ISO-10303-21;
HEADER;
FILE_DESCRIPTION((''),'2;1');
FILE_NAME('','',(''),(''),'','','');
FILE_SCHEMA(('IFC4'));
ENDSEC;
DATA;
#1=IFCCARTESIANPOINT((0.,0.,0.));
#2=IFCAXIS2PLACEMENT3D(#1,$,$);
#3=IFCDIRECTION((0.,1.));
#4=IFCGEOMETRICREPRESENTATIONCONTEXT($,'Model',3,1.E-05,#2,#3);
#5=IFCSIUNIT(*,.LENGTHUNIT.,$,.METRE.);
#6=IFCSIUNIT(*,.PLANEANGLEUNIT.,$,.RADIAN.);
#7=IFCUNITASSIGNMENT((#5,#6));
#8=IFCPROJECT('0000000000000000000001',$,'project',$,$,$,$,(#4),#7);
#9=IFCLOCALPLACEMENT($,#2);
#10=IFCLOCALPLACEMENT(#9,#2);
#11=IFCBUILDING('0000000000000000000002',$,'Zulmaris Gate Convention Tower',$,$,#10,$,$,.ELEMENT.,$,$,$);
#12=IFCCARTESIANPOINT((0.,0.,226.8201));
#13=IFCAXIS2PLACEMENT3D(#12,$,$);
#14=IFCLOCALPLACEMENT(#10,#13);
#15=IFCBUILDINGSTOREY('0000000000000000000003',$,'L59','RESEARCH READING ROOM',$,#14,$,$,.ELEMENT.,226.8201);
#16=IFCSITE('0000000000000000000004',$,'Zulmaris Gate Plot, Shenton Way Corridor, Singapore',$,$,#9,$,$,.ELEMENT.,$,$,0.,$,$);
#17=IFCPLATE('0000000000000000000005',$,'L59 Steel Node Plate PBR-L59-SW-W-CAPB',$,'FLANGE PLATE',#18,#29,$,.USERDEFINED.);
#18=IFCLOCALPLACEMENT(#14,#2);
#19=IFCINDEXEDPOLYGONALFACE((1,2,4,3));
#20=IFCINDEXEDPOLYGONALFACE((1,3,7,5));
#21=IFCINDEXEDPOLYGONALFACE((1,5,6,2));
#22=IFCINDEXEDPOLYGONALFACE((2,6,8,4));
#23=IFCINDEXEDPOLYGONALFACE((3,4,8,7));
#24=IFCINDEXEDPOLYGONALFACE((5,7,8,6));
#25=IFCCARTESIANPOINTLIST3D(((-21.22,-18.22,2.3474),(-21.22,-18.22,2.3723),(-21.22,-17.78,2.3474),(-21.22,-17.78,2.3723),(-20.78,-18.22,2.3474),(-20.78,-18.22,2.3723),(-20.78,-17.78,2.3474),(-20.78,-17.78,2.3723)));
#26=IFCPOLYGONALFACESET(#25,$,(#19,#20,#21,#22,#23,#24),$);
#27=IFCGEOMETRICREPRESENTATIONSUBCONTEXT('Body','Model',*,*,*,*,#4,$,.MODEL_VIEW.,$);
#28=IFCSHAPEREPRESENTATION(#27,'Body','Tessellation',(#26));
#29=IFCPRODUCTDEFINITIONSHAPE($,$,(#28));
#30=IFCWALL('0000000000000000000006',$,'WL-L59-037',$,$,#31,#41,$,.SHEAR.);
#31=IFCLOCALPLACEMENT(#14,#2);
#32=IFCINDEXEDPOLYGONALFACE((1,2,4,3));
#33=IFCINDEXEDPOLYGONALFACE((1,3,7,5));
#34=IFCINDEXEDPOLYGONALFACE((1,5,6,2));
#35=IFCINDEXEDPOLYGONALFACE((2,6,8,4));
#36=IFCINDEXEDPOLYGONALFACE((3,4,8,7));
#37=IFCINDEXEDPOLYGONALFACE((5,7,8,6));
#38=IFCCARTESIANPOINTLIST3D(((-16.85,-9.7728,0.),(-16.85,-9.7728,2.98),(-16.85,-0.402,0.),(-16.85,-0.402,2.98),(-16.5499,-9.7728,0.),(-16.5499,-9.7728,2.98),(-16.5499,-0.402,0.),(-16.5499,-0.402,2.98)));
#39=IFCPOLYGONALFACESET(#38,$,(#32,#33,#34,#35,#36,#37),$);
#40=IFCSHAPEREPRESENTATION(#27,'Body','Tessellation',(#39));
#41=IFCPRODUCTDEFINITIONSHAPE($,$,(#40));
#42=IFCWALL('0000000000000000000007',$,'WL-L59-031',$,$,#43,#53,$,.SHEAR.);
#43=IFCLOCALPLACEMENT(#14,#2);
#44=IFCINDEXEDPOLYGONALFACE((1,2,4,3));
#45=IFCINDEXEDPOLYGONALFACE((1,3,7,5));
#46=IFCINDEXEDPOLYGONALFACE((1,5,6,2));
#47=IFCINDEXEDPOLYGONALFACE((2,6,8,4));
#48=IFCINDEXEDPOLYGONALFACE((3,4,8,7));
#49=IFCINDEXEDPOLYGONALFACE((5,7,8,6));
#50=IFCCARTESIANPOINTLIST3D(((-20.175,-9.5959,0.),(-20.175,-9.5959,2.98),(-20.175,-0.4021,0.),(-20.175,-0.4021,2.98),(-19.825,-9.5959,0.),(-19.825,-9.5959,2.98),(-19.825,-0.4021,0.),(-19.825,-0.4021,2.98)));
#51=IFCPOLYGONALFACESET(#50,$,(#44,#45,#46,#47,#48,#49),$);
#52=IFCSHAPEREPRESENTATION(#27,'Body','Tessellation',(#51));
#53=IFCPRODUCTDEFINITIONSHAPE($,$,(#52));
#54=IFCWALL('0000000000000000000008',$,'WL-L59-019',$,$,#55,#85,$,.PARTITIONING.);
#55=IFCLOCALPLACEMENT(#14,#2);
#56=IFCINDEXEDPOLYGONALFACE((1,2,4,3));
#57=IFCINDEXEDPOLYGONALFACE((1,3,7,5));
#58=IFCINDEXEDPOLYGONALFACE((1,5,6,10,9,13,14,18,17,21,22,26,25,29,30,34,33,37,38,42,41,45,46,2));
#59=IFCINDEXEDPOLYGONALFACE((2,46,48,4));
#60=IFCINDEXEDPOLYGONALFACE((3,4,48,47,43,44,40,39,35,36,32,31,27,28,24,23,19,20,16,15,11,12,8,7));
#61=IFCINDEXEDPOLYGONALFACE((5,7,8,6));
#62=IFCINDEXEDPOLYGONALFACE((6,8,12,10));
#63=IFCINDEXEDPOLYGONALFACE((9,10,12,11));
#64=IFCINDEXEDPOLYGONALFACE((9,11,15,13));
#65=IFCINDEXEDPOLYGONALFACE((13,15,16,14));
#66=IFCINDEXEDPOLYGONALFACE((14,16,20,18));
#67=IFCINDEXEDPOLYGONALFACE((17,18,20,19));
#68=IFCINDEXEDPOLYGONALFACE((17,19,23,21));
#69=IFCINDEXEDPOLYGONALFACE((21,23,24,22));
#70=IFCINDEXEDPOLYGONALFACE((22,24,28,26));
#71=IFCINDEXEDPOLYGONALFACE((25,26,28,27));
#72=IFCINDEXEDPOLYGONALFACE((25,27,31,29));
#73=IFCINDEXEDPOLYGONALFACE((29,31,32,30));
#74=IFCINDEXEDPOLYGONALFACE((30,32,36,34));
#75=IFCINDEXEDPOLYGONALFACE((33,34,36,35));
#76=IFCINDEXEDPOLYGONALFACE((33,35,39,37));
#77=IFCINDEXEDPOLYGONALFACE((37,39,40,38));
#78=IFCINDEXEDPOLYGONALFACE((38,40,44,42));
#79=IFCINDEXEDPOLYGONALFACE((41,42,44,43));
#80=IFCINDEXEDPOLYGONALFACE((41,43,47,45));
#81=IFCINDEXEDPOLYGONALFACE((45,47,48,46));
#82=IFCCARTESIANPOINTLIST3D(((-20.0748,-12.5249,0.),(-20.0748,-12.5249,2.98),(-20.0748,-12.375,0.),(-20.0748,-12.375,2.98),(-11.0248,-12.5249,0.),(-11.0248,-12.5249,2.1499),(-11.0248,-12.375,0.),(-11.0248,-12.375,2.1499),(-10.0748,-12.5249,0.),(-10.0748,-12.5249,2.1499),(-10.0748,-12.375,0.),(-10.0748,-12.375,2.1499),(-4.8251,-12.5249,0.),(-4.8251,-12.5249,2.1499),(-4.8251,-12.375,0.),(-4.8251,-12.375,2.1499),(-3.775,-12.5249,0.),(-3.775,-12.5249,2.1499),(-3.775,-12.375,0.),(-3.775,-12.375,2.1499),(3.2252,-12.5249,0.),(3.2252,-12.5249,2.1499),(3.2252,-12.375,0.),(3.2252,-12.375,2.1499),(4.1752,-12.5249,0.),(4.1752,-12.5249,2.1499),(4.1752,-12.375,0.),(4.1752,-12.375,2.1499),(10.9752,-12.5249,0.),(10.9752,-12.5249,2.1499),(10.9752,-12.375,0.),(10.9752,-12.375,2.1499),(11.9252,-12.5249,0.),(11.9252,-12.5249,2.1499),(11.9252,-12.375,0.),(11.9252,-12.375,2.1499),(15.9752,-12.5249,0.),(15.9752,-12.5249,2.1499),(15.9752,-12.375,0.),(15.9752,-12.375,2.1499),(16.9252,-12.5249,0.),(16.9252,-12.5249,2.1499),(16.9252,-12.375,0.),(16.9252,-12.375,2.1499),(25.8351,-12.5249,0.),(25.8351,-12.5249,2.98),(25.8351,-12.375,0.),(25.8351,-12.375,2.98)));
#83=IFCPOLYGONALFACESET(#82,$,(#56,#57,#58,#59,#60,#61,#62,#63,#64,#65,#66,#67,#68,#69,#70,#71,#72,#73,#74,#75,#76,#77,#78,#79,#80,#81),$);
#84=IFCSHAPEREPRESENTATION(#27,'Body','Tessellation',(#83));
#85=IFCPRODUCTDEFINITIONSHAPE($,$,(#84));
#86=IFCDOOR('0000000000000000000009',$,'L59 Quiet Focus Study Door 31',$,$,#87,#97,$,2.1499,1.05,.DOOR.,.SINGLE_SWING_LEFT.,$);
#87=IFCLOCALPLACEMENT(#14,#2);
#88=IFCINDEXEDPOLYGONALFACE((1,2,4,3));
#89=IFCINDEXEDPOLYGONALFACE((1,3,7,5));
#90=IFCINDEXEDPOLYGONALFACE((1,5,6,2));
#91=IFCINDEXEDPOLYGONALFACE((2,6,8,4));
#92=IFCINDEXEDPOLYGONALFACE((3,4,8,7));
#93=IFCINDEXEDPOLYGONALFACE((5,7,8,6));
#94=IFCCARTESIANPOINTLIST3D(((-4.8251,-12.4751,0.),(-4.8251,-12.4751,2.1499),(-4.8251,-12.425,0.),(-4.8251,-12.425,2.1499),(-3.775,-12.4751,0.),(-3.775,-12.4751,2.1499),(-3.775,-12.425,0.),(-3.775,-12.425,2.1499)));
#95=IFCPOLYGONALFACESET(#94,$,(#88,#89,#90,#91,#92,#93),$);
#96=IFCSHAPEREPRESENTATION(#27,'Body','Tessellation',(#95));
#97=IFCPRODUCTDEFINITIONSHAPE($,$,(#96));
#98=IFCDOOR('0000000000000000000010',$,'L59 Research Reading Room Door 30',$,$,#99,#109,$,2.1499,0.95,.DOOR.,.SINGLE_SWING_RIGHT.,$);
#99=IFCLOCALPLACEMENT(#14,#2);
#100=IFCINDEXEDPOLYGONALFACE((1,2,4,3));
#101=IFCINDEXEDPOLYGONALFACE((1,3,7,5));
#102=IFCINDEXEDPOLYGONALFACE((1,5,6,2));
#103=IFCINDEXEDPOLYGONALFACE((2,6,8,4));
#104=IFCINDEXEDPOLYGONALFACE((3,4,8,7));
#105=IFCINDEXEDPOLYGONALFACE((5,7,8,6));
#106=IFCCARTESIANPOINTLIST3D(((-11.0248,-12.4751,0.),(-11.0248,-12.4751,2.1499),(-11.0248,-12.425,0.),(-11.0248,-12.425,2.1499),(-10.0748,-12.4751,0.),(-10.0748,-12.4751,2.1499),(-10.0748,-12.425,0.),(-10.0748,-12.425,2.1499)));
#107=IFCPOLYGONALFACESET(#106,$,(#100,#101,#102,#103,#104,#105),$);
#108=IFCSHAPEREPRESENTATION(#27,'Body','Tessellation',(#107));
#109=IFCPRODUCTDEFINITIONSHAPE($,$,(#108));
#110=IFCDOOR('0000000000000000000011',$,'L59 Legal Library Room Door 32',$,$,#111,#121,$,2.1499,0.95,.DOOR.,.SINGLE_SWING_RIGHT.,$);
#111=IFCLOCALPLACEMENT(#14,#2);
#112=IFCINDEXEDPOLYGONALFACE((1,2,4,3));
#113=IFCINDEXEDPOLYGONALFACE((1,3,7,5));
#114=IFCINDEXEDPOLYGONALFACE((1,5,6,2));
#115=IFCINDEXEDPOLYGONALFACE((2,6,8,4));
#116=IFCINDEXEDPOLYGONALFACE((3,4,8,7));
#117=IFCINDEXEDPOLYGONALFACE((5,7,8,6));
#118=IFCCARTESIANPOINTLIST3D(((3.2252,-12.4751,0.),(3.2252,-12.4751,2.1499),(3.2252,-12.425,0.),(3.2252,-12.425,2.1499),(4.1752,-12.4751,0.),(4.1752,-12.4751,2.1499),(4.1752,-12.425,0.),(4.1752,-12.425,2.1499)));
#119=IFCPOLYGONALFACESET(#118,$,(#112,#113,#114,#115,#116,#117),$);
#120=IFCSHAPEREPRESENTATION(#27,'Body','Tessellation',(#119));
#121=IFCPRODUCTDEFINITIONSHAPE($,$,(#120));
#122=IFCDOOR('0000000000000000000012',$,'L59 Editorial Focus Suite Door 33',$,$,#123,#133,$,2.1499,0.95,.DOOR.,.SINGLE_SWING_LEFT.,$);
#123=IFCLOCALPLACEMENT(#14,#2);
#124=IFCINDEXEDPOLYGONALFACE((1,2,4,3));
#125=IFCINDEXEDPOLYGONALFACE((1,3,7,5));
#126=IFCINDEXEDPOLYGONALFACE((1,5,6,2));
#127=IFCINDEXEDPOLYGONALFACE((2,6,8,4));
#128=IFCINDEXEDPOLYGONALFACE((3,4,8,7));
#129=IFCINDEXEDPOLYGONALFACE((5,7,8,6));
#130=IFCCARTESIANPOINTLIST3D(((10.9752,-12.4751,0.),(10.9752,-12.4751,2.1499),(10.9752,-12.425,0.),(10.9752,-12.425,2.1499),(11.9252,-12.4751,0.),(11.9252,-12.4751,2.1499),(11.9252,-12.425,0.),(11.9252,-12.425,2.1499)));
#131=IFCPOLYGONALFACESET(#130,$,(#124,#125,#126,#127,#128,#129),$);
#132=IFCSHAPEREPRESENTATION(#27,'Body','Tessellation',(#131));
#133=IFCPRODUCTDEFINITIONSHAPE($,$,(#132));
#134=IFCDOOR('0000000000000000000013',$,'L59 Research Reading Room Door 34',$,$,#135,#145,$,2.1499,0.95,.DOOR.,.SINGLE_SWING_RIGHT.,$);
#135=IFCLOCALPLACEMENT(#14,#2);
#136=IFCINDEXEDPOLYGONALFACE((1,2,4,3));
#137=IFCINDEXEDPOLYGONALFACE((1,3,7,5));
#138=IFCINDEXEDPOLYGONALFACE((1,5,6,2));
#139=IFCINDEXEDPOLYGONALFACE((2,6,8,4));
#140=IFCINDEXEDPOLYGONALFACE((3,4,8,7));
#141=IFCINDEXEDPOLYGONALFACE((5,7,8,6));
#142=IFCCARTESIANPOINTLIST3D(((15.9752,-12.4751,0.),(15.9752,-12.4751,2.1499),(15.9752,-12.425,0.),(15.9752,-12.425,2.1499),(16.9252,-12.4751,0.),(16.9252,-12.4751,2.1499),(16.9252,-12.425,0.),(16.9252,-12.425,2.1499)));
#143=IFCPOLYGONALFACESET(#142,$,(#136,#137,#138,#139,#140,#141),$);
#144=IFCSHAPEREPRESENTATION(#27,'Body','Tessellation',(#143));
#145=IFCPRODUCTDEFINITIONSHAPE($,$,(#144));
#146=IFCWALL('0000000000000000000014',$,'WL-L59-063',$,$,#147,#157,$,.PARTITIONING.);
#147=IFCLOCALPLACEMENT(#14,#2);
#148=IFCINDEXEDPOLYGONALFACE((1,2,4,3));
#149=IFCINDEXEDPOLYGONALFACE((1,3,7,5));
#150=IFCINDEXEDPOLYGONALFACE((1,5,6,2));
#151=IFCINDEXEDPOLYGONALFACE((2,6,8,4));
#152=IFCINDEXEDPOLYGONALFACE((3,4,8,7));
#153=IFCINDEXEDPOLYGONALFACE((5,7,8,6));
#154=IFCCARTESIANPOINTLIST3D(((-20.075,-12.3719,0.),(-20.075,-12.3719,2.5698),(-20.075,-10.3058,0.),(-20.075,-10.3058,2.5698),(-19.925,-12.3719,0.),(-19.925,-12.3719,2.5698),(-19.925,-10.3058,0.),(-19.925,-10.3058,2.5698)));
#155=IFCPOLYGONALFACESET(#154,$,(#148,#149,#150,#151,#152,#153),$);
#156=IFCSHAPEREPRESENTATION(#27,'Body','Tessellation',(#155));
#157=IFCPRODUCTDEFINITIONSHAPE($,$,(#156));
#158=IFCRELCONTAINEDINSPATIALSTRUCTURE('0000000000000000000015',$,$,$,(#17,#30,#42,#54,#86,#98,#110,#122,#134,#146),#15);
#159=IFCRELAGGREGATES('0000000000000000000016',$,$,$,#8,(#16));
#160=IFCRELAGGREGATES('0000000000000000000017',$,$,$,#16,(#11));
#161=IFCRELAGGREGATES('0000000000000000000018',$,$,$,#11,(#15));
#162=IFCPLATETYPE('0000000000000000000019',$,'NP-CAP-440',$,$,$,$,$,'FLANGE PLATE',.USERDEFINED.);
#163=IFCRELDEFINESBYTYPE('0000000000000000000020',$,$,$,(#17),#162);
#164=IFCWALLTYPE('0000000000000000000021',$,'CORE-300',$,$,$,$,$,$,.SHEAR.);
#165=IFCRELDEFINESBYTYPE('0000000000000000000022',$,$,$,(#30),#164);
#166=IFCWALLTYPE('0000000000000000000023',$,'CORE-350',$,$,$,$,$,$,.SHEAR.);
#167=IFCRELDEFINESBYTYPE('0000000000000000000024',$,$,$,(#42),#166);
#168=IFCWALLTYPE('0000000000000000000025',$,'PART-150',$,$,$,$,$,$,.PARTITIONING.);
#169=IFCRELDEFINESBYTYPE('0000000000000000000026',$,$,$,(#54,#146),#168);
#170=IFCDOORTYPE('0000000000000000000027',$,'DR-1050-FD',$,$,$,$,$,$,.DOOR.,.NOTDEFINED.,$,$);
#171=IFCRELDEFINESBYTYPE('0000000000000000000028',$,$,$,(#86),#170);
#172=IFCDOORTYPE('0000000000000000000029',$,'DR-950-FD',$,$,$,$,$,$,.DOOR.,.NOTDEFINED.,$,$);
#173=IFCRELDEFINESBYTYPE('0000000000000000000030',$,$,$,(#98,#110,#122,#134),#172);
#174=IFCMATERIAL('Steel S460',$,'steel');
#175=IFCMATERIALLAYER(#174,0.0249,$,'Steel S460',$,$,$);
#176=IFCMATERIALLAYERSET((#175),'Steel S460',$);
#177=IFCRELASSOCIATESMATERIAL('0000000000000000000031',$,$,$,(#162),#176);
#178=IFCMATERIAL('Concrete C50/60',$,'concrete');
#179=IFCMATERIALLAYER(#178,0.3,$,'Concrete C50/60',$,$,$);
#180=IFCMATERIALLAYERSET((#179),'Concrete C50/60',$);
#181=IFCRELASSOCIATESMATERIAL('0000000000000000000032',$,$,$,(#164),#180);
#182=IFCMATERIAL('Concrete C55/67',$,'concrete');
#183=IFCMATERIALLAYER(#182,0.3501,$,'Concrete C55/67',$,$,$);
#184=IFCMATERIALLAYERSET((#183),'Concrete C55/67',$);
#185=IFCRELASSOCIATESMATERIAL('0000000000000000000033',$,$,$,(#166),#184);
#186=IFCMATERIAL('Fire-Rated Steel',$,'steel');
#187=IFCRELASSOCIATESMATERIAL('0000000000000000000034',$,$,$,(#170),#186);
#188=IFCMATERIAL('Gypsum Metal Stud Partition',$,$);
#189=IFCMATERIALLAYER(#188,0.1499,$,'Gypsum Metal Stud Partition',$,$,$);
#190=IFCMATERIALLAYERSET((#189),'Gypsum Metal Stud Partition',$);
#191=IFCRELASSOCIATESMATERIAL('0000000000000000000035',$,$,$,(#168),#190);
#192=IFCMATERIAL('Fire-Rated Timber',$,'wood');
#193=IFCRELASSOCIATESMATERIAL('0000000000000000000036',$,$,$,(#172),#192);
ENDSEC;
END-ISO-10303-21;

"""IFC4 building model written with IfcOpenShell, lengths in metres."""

from ifc_helpers import new_model, si_unit, direction, frame, frame_2d, origin, origin_2d, place, context, subcontext, project, spatial, rectangle, extrude, material, layer, layer_set, type_object, element, fill, save


model = new_model("IFC4")

# Units and contexts
model_context = context("Model", 3, precision=1e-05, world=origin(), true_north=direction((0.0, 1.0)))
body_context = subcontext(model_context, "Body", "Model", "MODEL_VIEW")
ifc_project = project(units=[si_unit("LENGTHUNIT", "METRE"), si_unit("PLANEANGLEUNIT", "RADIAN")], contexts=[model_context])

# Site, building, storey
site_placement = place(None, origin())
site = spatial("IfcSite", under=ifc_project, at=site_placement, Name="Zulmaris Gate Plot, Shenton Way Corridor, Singapore", CompositionType="ELEMENT", RefElevation=0.0)
building_placement = place(site_placement, origin())
building = spatial("IfcBuilding", under=site, at=building_placement, Name="Zulmaris Gate Convention Tower", CompositionType="ELEMENT")
storey_placement = place(building_placement, frame((0.0, 0.0, 226.8201)))
storey = spatial("IfcBuildingStorey", under=building, at=storey_placement, Name="L59", Description="RESEARCH READING ROOM", CompositionType="ELEMENT", Elevation=226.8201)

# Shared definitions
ifc_material_1 = material(Name="Concrete C50/60", Category="concrete")

# Plate
ifc_material_2 = material(Name="Steel S460", Category="steel")
ifc_layer_1 = layer(ifc_material_2, 0.0249, Name="Steel S460")
ifc_layer_set_1 = layer_set([ifc_layer_1], Name="Steel S460")
plate_type = type_object("IfcPlateType", Name="NP-CAP-440", ElementType="FLANGE PLATE", PredefinedType="USERDEFINED", material=ifc_layer_set_1)
plate_placement = place(storey_placement, frame((-21.0, -18.0, 2.3474), z_axis=(0.0, 0.0, 1.0), x_axis=(1.0, 0.0, 0.0)))
element("IfcPlate", 1, at=plate_placement, inside=storey, type_object=plate_type, Name="L59 Steel Node Plate PBR-L59-SW-W-CAPB", ObjectType="FLANGE PLATE", PredefinedType="USERDEFINED", context=body_context, shape_type="SweptSolid", body=[
    extrude(rectangle(XDim=0.4399, YDim=0.4399, at=origin_2d()), origin(), (0.0, 0.0, 1.0), 0.0249),
])

# Wall
ifc_layer_2 = layer(ifc_material_1, 0.3, Name="Concrete C50/60")
ifc_layer_set_2 = layer_set([ifc_layer_2], Name="Concrete C50/60")
wall_type_1 = type_object("IfcWallType", Name="CORE-300", PredefinedType="SHEAR", material=ifc_layer_set_2)
wall_1_placement = place(storey_placement, frame((-16.7, -9.7729, 0.0), z_axis=(0.0, 0.0, 1.0), x_axis=(0.0, 1.0, 0.0)))
element("IfcWall", 2, at=wall_1_placement, inside=storey, type_object=wall_type_1, Name="WL-L59-037", PredefinedType="SHEAR", context=body_context, shape_type="SweptSolid", body=[
    extrude(rectangle(XDim=9.3708, YDim=0.3, at=frame_2d((4.6855, 0.0))), origin(), (0.0, 0.0, 1.0), 2.98),
])

# Shared definitions
ifc_material_3 = material(Name="Concrete C55/67", Category="concrete")
ifc_layer_3 = layer(ifc_material_3, 0.3501, Name="Concrete C55/67")
ifc_layer_set_3 = layer_set([ifc_layer_3], Name="Concrete C55/67")
wall_type_2 = type_object("IfcWallType", Name="CORE-350", PredefinedType="SHEAR", material=ifc_layer_set_3)
ifc_material_4 = material(Name="Fire-Rated Steel", Category="steel")
door_type_1 = type_object("IfcDoorType", Name="DR-1050-FD", OperationType="NOTDEFINED", PredefinedType="DOOR", material=ifc_material_4)

# Wall
wall_2_placement = place(storey_placement, frame((-20.0, -9.5959, 0.0), z_axis=(0.0, 0.0, 1.0), x_axis=(0.0, 1.0, 0.0)))
element("IfcWall", 3, at=wall_2_placement, inside=storey, type_object=wall_type_2, Name="WL-L59-031", PredefinedType="SHEAR", context=body_context, shape_type="SweptSolid", body=[
    extrude(rectangle(XDim=9.1938, YDim=0.3501, at=frame_2d((4.5969, 0.0))), origin(), (0.0, 0.0, 1.0), 2.98),
])

# Wall, openings, doors
ifc_material_5 = material(Name="Gypsum Metal Stud Partition")
ifc_layer_4 = layer(ifc_material_5, 0.1499, Name="Gypsum Metal Stud Partition")
ifc_layer_set_4 = layer_set([ifc_layer_4], Name="Gypsum Metal Stud Partition")
wall_type_3 = type_object("IfcWallType", Name="PART-150", PredefinedType="PARTITIONING", material=ifc_layer_set_4)
wall_3_placement = place(storey_placement, frame((-20.075, -12.45, 0.0), z_axis=(0.0, 0.0, 1.0), x_axis=(1.0, 0.0, 0.0)))
wall_3 = element("IfcWall", 4, at=wall_3_placement, inside=storey, type_object=wall_type_3, Name="WL-L59-019", PredefinedType="PARTITIONING", context=body_context, shape_type="SweptSolid", body=[
    extrude(rectangle(XDim=45.9099, YDim=0.1499, at=frame_2d((22.9551, 0.0))), origin(), (0.0, 0.0, 1.0), 2.98),
])
opening_1_placement = place(wall_3_placement, frame((9.05, 0.0, 0.0)))
opening_1 = element("IfcOpeningElement", 5, at=opening_1_placement, cuts=wall_3, PredefinedType="OPENING", context=body_context, shape_type="SweptSolid", body=[
    extrude(rectangle(XDim=0.95, YDim=2.1499, at=frame_2d((0.4751, 1.075))), frame((0.0, 0.085, 0.0), z_axis=(0.0, -1.0, 0.0), x_axis=(1.0, 0.0, 0.0)), (0.0, 0.0, 1.0), 0.1699),
])
opening_2_placement = place(wall_3_placement, frame((15.25, 0.0, 0.0)))
opening_2 = element("IfcOpeningElement", 6, at=opening_2_placement, cuts=wall_3, PredefinedType="OPENING", context=body_context, shape_type="SweptSolid", body=[
    extrude(rectangle(XDim=1.05, YDim=2.1499, at=frame_2d((0.5249, 1.075))), frame((0.0, 0.085, 0.0), z_axis=(0.0, -1.0, 0.0), x_axis=(1.0, 0.0, 0.0)), (0.0, 0.0, 1.0), 0.1699),
])
opening_3_placement = place(wall_3_placement, frame((23.3, 0.0, 0.0)))
opening_3 = element("IfcOpeningElement", 7, at=opening_3_placement, cuts=wall_3, PredefinedType="OPENING", context=body_context, shape_type="SweptSolid", body=[
    extrude(rectangle(XDim=0.95, YDim=2.1499, at=frame_2d((0.4751, 1.075))), frame((0.0, 0.085, 0.0), z_axis=(0.0, -1.0, 0.0), x_axis=(1.0, 0.0, 0.0)), (0.0, 0.0, 1.0), 0.1699),
])
opening_4_placement = place(wall_3_placement, frame((31.05, 0.0, 0.0)))
opening_4 = element("IfcOpeningElement", 8, at=opening_4_placement, cuts=wall_3, PredefinedType="OPENING", context=body_context, shape_type="SweptSolid", body=[
    extrude(rectangle(XDim=0.95, YDim=2.1499, at=frame_2d((0.4751, 1.075))), frame((0.0, 0.085, 0.0), z_axis=(0.0, -1.0, 0.0), x_axis=(1.0, 0.0, 0.0)), (0.0, 0.0, 1.0), 0.1699),
])
opening_5_placement = place(wall_3_placement, frame((36.05, 0.0, 0.0)))
opening_5 = element("IfcOpeningElement", 9, at=opening_5_placement, cuts=wall_3, PredefinedType="OPENING", context=body_context, shape_type="SweptSolid", body=[
    extrude(rectangle(XDim=0.95, YDim=2.1499, at=frame_2d((0.4751, 1.075))), frame((0.0, 0.085, 0.0), z_axis=(0.0, -1.0, 0.0), x_axis=(1.0, 0.0, 0.0)), (0.0, 0.0, 1.0), 0.1699),
])
door_1_placement = place(opening_2_placement, origin())
door_1 = element("IfcDoor", 10, at=door_1_placement, inside=storey, type_object=door_type_1, Name="L59 Quiet Focus Study Door 31", OperationType="SINGLE_SWING_LEFT", OverallHeight=2.1499, OverallWidth=1.05, PredefinedType="DOOR", context=body_context, shape_type="SweptSolid", body=[
    extrude(rectangle(XDim=1.05, YDim=2.1499, at=frame_2d((0.5249, 1.075))), frame((0.0, 0.0249, 0.0), z_axis=(0.0, -1.0, 0.0), x_axis=(1.0, 0.0, 0.0)), (0.0, 0.0, 1.0), 0.05),
])
fill(opening_2, door_1)
ifc_material_6 = material(Name="Fire-Rated Timber", Category="wood")
door_type_2 = type_object("IfcDoorType", Name="DR-950-FD", OperationType="NOTDEFINED", PredefinedType="DOOR", material=ifc_material_6)
door_2_placement = place(opening_1_placement, origin())
door_2 = element("IfcDoor", 11, at=door_2_placement, inside=storey, type_object=door_type_2, Name="L59 Research Reading Room Door 30", OperationType="SINGLE_SWING_RIGHT", OverallHeight=2.1499, OverallWidth=0.95, PredefinedType="DOOR", context=body_context, shape_type="SweptSolid", body=[
    extrude(rectangle(XDim=0.95, YDim=2.1499, at=frame_2d((0.4751, 1.075))), frame((0.0, 0.0249, 0.0), z_axis=(0.0, -1.0, 0.0), x_axis=(1.0, 0.0, 0.0)), (0.0, 0.0, 1.0), 0.05),
])
fill(opening_1, door_2)
door_3_placement = place(opening_3_placement, origin())
door_3 = element("IfcDoor", 12, at=door_3_placement, inside=storey, type_object=door_type_2, Name="L59 Legal Library Room Door 32", OperationType="SINGLE_SWING_RIGHT", OverallHeight=2.1499, OverallWidth=0.95, PredefinedType="DOOR", context=body_context, shape_type="SweptSolid", body=[
    extrude(rectangle(XDim=0.95, YDim=2.1499, at=frame_2d((0.4751, 1.075))), frame((0.0, 0.0249, 0.0), z_axis=(0.0, -1.0, 0.0), x_axis=(1.0, 0.0, 0.0)), (0.0, 0.0, 1.0), 0.05),
])
fill(opening_3, door_3)
door_4_placement = place(opening_4_placement, origin())
door_4 = element("IfcDoor", 13, at=door_4_placement, inside=storey, type_object=door_type_2, Name="L59 Editorial Focus Suite Door 33", OperationType="SINGLE_SWING_LEFT", OverallHeight=2.1499, OverallWidth=0.95, PredefinedType="DOOR", context=body_context, shape_type="SweptSolid", body=[
    extrude(rectangle(XDim=0.95, YDim=2.1499, at=frame_2d((0.4751, 1.075))), frame((0.0, 0.0249, 0.0), z_axis=(0.0, -1.0, 0.0), x_axis=(1.0, 0.0, 0.0)), (0.0, 0.0, 1.0), 0.05),
])
fill(opening_4, door_4)
door_5_placement = place(opening_5_placement, origin())
door_5 = element("IfcDoor", 14, at=door_5_placement, inside=storey, type_object=door_type_2, Name="L59 Research Reading Room Door 34", OperationType="SINGLE_SWING_RIGHT", OverallHeight=2.1499, OverallWidth=0.95, PredefinedType="DOOR", context=body_context, shape_type="SweptSolid", body=[
    extrude(rectangle(XDim=0.95, YDim=2.1499, at=frame_2d((0.4751, 1.075))), frame((0.0, 0.0249, 0.0), z_axis=(0.0, -1.0, 0.0), x_axis=(1.0, 0.0, 0.0)), (0.0, 0.0, 1.0), 0.05),
])
fill(opening_5, door_5)

# Wall
wall_4_placement = place(storey_placement, frame((-20.0, -12.3721, 0.0), z_axis=(0.0, 0.0, 1.0), x_axis=(0.0, 1.0, 0.0)))
element("IfcWall", 15, at=wall_4_placement, inside=storey, type_object=wall_type_3, Name="WL-L59-063", PredefinedType="PARTITIONING", context=body_context, shape_type="SweptSolid", body=[
    extrude(rectangle(XDim=2.0662, YDim=0.1499, at=frame_2d((1.0332, 0.0))), origin(), (0.0, 0.0, 1.0), 2.5698),
])

save(model, "model.ifc")
